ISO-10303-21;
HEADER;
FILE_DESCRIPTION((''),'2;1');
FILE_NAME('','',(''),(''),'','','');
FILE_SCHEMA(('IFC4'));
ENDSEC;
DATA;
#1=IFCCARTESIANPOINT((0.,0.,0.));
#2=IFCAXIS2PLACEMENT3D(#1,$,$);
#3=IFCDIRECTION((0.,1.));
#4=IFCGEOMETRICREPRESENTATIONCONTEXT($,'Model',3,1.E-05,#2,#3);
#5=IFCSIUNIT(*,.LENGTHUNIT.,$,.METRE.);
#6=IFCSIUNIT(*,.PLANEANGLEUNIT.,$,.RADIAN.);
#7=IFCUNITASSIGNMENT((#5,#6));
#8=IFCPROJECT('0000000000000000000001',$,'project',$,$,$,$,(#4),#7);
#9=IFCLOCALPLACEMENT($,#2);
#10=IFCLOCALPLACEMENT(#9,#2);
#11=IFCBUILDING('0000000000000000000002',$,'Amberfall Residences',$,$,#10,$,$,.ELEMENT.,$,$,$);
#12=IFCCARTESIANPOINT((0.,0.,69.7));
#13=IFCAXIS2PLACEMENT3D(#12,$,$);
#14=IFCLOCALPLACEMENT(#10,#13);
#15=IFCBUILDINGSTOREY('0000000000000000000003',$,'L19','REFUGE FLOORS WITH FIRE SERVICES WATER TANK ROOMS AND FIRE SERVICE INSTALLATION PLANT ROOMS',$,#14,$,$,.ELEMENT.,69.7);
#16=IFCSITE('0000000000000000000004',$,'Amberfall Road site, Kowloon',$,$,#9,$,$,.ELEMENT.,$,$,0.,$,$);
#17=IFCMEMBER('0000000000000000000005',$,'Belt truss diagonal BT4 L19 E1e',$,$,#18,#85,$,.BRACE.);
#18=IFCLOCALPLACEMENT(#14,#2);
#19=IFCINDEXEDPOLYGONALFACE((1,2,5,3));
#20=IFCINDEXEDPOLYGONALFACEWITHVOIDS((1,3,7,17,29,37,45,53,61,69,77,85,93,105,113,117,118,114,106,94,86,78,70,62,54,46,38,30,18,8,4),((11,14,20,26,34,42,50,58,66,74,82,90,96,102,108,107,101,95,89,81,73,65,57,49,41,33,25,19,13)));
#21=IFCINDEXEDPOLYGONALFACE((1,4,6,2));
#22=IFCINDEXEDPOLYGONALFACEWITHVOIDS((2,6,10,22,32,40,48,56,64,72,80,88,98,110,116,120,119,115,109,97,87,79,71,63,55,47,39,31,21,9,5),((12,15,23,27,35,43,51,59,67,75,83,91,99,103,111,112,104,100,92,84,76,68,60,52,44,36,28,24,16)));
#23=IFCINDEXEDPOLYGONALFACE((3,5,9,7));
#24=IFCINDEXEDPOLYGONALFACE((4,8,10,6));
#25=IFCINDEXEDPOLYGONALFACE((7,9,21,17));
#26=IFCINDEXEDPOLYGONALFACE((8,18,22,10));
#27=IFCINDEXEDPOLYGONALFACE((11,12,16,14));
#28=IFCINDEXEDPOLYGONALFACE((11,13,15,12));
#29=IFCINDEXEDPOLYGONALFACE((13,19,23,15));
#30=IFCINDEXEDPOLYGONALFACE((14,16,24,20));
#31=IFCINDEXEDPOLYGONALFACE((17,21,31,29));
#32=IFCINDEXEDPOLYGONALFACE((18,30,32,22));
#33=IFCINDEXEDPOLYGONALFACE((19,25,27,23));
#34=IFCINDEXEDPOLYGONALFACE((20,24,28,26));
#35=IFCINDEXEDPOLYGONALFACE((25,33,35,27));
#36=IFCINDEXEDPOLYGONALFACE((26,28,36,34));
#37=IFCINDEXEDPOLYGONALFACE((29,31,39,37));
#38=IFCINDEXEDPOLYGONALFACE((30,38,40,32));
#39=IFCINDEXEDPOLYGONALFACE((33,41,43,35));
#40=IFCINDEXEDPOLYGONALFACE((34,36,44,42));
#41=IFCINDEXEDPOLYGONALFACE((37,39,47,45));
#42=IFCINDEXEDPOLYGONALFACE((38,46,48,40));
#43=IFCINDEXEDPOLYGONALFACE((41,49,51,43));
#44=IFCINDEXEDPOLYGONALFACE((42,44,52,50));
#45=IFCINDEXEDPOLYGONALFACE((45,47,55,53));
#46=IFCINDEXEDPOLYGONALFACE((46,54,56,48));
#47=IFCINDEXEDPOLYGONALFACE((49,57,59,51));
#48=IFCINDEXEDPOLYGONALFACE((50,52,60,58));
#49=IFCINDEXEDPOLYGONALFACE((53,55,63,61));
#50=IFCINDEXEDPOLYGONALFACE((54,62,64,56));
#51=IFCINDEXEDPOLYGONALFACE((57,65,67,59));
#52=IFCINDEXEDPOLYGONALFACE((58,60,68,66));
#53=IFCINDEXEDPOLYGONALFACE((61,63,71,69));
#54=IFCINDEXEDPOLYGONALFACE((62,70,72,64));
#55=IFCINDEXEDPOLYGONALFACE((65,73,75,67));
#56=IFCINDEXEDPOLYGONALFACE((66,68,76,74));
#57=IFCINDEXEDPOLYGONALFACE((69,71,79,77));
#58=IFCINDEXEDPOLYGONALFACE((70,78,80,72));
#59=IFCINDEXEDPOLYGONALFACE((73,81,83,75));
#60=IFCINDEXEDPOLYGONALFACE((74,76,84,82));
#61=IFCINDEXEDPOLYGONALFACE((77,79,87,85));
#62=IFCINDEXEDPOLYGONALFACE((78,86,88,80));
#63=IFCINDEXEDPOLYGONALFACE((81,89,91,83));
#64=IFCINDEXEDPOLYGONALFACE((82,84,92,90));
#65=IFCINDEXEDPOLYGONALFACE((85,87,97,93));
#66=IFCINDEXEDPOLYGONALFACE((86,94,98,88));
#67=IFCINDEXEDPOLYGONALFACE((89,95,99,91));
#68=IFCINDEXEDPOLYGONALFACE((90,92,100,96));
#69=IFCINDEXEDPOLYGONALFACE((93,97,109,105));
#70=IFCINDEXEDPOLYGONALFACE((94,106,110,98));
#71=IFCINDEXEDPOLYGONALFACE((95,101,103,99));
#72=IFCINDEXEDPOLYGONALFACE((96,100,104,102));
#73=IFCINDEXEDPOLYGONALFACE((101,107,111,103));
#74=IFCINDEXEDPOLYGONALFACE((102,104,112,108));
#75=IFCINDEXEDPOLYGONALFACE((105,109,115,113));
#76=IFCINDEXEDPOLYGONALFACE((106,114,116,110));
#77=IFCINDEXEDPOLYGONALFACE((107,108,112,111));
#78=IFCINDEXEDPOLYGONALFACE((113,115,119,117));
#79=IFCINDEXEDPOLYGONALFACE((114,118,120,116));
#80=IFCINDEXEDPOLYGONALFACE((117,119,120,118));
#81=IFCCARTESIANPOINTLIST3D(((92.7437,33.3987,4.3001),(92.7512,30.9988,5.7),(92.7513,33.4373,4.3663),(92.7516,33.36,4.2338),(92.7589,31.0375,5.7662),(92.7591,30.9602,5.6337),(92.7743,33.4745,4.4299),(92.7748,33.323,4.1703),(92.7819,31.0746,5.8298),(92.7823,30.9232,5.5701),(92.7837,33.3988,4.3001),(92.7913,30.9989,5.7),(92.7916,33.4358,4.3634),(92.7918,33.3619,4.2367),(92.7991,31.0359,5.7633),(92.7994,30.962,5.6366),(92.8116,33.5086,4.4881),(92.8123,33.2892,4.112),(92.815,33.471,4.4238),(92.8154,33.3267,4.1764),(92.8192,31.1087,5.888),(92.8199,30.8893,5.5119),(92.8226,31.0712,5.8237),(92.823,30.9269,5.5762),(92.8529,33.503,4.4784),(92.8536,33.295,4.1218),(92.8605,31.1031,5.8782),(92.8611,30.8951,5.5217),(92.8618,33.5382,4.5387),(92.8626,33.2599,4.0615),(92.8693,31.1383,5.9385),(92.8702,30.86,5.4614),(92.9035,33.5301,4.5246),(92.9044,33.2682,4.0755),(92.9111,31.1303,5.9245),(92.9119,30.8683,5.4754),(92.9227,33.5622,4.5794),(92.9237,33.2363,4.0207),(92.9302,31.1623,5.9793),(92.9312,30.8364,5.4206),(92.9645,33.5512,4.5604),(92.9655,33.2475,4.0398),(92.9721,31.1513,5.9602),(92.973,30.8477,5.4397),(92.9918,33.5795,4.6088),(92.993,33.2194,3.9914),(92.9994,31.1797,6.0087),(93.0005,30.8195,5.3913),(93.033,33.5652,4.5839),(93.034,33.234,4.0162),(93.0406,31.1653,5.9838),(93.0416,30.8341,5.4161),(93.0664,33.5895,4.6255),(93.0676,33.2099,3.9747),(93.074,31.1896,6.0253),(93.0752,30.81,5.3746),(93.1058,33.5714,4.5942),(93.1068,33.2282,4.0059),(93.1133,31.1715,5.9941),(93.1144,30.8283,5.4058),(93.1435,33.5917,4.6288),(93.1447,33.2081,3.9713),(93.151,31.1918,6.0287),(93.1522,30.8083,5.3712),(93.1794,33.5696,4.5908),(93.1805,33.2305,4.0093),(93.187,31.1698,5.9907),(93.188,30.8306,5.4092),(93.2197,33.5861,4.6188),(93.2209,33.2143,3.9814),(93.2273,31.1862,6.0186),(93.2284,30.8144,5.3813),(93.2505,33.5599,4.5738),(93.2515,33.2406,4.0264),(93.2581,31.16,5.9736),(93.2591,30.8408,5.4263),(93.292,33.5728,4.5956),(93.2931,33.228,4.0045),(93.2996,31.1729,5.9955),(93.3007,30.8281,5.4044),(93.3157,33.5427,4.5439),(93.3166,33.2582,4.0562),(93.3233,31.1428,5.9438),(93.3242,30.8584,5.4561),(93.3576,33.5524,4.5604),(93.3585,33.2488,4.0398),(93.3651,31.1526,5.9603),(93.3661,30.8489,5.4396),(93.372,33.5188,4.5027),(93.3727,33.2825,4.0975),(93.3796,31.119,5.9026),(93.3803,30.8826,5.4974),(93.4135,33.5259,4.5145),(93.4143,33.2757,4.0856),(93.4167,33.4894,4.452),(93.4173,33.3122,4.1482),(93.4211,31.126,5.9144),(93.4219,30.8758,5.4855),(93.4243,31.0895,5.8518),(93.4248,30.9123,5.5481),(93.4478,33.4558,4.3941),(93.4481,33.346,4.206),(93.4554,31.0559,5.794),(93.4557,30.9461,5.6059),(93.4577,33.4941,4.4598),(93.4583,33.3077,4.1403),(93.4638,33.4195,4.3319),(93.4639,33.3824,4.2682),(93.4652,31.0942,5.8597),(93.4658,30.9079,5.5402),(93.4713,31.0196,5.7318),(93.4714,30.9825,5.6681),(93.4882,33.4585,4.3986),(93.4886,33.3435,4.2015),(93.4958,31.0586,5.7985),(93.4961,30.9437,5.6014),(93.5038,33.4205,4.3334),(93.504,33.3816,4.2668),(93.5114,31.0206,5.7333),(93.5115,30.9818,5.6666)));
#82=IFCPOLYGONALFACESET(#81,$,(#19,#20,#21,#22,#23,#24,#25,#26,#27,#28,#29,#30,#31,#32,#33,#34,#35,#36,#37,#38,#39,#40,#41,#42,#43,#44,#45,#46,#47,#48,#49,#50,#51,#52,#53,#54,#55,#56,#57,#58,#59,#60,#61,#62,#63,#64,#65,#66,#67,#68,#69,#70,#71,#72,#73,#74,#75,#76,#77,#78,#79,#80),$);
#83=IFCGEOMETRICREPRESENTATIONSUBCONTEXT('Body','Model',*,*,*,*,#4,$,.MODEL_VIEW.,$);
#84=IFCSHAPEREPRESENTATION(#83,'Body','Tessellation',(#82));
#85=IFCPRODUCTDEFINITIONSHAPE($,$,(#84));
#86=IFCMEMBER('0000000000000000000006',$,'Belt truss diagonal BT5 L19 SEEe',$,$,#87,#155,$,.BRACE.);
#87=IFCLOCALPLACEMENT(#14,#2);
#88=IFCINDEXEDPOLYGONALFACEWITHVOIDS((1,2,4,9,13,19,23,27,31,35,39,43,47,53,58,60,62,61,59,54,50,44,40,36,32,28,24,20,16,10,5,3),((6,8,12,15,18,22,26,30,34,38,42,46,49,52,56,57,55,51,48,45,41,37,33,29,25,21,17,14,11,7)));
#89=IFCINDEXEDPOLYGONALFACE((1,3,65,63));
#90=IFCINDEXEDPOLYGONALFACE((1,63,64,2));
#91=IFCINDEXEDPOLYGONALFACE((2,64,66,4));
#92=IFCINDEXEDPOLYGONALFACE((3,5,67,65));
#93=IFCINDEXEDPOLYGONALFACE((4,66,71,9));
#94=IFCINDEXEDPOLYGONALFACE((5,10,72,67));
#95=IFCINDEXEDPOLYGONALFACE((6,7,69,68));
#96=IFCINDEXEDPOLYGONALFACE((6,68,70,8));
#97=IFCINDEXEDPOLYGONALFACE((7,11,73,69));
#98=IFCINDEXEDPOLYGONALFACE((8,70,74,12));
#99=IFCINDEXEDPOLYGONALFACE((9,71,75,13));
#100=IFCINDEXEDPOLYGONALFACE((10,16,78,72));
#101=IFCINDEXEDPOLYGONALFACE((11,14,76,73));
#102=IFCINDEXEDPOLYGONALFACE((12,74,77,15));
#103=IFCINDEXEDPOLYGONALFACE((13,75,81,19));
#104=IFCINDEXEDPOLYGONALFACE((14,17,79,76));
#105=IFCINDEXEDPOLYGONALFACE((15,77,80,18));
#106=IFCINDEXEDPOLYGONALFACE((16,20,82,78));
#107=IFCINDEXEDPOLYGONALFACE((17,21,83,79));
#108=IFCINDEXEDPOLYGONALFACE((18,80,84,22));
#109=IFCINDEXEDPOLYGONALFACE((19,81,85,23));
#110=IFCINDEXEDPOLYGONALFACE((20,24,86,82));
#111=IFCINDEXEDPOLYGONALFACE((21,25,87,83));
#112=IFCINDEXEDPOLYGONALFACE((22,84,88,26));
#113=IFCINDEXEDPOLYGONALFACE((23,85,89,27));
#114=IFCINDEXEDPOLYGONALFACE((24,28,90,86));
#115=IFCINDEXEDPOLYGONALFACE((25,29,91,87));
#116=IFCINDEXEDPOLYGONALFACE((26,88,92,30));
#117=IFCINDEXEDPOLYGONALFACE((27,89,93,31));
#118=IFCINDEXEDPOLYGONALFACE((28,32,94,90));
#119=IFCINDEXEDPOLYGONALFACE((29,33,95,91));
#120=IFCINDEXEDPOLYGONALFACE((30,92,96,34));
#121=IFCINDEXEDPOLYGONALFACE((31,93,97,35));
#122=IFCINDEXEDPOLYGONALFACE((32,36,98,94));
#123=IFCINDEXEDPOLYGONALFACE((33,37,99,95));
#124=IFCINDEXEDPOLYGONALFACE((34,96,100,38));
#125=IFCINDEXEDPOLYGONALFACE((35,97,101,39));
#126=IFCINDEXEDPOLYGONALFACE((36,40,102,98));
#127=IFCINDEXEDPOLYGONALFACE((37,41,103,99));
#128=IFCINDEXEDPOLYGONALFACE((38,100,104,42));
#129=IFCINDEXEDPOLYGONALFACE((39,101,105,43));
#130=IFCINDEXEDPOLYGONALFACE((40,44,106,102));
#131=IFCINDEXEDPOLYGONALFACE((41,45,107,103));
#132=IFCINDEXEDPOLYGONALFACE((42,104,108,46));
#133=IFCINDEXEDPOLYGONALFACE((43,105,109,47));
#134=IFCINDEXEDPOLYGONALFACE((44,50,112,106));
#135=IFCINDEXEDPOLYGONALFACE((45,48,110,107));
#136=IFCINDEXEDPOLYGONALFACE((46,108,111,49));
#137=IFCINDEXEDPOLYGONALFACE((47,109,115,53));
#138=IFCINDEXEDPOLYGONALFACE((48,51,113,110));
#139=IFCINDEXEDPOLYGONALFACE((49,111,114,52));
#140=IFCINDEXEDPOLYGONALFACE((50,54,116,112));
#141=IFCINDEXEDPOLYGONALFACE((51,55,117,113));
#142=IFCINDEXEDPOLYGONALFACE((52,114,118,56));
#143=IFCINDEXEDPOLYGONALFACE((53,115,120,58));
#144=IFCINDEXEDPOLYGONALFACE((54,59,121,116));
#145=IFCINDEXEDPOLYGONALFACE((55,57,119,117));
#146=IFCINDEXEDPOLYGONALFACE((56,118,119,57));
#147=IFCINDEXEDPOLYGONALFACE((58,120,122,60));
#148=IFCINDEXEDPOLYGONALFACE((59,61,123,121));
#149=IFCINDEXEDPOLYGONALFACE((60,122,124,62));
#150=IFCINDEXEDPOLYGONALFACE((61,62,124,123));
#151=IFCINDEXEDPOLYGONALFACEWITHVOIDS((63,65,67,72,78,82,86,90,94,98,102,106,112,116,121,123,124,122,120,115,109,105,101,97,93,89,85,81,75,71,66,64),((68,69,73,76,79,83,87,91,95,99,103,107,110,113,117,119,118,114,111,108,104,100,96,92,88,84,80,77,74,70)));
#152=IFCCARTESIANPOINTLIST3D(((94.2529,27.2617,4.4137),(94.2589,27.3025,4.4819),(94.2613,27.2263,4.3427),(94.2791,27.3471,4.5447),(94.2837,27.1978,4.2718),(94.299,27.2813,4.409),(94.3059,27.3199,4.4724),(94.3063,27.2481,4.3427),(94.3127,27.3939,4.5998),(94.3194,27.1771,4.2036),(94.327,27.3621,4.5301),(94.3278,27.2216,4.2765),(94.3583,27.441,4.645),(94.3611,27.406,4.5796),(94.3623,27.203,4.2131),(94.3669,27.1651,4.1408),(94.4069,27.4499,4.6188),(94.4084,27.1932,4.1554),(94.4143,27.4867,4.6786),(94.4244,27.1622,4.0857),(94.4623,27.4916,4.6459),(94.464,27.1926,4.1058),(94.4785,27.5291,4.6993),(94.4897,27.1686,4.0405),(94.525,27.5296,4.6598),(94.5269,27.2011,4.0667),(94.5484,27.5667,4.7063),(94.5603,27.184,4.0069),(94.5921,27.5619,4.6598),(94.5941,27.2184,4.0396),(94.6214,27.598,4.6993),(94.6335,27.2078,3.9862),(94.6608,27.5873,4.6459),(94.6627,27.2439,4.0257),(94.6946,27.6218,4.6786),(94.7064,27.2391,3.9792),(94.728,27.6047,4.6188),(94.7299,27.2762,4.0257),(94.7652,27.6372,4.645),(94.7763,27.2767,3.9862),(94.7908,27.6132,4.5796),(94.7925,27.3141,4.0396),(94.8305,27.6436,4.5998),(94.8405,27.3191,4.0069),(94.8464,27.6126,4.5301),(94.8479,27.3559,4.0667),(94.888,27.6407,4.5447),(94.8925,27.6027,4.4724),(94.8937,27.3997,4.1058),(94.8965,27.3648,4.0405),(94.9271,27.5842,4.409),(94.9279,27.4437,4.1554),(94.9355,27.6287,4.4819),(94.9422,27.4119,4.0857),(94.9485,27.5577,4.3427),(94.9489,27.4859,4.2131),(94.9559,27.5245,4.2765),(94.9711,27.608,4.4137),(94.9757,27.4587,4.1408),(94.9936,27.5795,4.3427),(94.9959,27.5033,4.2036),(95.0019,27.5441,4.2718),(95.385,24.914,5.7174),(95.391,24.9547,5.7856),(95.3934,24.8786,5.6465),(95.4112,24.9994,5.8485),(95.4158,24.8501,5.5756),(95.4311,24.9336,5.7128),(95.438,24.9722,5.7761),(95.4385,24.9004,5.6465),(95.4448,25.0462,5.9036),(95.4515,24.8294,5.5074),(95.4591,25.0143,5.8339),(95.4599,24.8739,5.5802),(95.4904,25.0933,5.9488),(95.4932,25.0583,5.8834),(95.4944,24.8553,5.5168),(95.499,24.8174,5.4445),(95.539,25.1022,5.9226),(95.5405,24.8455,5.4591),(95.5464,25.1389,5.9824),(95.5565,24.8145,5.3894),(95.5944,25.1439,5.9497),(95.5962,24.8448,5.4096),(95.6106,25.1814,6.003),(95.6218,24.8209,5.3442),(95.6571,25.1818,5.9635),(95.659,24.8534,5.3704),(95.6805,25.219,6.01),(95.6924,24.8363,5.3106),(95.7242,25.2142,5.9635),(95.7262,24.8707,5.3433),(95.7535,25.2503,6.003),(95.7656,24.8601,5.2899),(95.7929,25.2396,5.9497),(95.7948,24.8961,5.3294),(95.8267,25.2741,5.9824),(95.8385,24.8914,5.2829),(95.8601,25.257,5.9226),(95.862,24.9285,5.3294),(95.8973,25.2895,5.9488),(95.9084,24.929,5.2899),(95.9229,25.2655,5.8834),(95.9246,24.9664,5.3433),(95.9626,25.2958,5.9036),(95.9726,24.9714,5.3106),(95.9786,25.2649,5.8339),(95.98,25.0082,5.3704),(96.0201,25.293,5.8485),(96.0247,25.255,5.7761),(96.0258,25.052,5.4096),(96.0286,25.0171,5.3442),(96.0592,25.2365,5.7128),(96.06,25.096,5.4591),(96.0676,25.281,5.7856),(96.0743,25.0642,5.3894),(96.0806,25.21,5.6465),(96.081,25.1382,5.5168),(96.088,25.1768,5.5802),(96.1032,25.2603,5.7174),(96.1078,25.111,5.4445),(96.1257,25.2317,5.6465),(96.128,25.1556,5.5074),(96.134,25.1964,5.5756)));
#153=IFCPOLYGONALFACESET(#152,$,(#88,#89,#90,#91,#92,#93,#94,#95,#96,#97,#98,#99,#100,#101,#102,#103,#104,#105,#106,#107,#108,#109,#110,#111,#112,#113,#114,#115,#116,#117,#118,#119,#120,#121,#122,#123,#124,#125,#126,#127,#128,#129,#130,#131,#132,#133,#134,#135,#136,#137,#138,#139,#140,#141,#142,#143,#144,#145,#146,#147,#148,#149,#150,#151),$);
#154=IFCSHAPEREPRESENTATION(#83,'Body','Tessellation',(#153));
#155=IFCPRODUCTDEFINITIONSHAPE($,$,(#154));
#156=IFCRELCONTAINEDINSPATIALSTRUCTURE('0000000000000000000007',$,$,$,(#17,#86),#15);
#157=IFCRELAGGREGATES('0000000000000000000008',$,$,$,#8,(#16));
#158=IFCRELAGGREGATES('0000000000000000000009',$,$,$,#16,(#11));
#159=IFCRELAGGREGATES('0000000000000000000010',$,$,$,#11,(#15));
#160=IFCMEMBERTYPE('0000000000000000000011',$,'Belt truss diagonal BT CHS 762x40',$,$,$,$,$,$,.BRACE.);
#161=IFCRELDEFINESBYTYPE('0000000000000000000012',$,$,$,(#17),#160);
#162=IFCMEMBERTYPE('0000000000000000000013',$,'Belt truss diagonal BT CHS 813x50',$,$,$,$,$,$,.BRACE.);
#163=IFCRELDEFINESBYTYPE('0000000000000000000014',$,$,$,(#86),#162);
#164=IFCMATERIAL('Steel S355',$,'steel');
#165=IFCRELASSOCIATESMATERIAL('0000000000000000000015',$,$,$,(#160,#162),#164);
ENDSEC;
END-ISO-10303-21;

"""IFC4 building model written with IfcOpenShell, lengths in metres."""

from ifc_helpers import new_model, si_unit, direction, frame, origin, origin_2d, place, context, subcontext, project, spatial, hollow_circle, extrude, material, material_profile, profile_set, type_object, element, save


model = new_model("IFC4")

# Units and contexts
model_context = context("Model", 3, precision=1e-05, world=origin(), true_north=direction((0.0, 1.0)))
body_context = subcontext(model_context, "Body", "Model", "MODEL_VIEW")
ifc_project = project(units=[si_unit("LENGTHUNIT", "METRE"), si_unit("PLANEANGLEUNIT", "RADIAN")], contexts=[model_context])

# Site, building, storey
site_placement = place(None, origin())
site = spatial("IfcSite", under=ifc_project, at=site_placement, Name="Amberfall Road site, Kowloon", CompositionType="ELEMENT", RefElevation=0.0)
building_placement = place(site_placement, origin())
building = spatial("IfcBuilding", under=site, at=building_placement, Name="Amberfall Residences", CompositionType="ELEMENT")
storey_placement = place(building_placement, frame((0.0, 0.0, 69.7)))
storey = spatial("IfcBuildingStorey", under=building, at=storey_placement, Name="L19", Description="REFUGE FLOORS WITH FIRE SERVICES WATER TANK ROOMS AND FIRE SERVICE INSTALLATION PLANT ROOMS", CompositionType="ELEMENT", Elevation=69.7)

# Shared definitions
ifc_material_1 = material(Name="Steel S355", Category="steel")

# Members
ifc_material_profile_1 = material_profile(ifc_material_1, hollow_circle(Radius=0.3811, WallThickness=0.04, at=origin_2d()), Name="CHS 762x40")
ifc_profile_set_1 = profile_set([ifc_material_profile_1], Name="Steel S355")
member_type_1 = type_object("IfcMemberType", Name="Belt truss diagonal BT CHS 762x40", PredefinedType="BRACE", material=ifc_profile_set_1)
member_1_placement = place(storey_placement, frame((93.1323, 31.0, 5.7), z_axis=(-0.002724, 0.863782, -0.503858), x_axis=(-0.999995, -0.003154, 0.0)))
element("IfcMember", 1, at=member_1_placement, inside=storey, type_object=member_type_1, Name="Belt truss diagonal BT4 L19 E1e", PredefinedType="BRACE", context=body_context, shape_type="SweptSolid", body=[
    extrude(hollow_circle(Radius=0.3811, WallThickness=0.04, at=origin_2d()), origin(), (0.0, 0.0, 1.0), 2.7783),
])
ifc_material_profile_2 = material_profile(ifc_material_1, hollow_circle(Radius=0.4065, WallThickness=0.05, at=origin_2d()), Name="CHS 813x50")
ifc_profile_set_2 = profile_set([ifc_material_profile_2], Name="Steel S355")
member_type_2 = type_object("IfcMemberType", Name="Belt truss diagonal BT CHS 813x50", PredefinedType="BRACE", material=ifc_profile_set_2)
member_2_placement = place(storey_placement, frame((95.7595, 25.0552, 5.6465), z_axis=(-0.388466, 0.805583, -0.44736), x_axis=(-0.900743, -0.434353, 0.0)))
element("IfcMember", 2, at=member_2_placement, inside=storey, type_object=member_type_2, Name="Belt truss diagonal BT5 L19 SEEe", PredefinedType="BRACE", context=body_context, shape_type="SweptSolid", body=[
    extrude(hollow_circle(Radius=0.4065, WallThickness=0.05, at=origin_2d()), origin(), (0.0, 0.0, 1.0), 2.9143),
])

save(model, "model.ifc")
